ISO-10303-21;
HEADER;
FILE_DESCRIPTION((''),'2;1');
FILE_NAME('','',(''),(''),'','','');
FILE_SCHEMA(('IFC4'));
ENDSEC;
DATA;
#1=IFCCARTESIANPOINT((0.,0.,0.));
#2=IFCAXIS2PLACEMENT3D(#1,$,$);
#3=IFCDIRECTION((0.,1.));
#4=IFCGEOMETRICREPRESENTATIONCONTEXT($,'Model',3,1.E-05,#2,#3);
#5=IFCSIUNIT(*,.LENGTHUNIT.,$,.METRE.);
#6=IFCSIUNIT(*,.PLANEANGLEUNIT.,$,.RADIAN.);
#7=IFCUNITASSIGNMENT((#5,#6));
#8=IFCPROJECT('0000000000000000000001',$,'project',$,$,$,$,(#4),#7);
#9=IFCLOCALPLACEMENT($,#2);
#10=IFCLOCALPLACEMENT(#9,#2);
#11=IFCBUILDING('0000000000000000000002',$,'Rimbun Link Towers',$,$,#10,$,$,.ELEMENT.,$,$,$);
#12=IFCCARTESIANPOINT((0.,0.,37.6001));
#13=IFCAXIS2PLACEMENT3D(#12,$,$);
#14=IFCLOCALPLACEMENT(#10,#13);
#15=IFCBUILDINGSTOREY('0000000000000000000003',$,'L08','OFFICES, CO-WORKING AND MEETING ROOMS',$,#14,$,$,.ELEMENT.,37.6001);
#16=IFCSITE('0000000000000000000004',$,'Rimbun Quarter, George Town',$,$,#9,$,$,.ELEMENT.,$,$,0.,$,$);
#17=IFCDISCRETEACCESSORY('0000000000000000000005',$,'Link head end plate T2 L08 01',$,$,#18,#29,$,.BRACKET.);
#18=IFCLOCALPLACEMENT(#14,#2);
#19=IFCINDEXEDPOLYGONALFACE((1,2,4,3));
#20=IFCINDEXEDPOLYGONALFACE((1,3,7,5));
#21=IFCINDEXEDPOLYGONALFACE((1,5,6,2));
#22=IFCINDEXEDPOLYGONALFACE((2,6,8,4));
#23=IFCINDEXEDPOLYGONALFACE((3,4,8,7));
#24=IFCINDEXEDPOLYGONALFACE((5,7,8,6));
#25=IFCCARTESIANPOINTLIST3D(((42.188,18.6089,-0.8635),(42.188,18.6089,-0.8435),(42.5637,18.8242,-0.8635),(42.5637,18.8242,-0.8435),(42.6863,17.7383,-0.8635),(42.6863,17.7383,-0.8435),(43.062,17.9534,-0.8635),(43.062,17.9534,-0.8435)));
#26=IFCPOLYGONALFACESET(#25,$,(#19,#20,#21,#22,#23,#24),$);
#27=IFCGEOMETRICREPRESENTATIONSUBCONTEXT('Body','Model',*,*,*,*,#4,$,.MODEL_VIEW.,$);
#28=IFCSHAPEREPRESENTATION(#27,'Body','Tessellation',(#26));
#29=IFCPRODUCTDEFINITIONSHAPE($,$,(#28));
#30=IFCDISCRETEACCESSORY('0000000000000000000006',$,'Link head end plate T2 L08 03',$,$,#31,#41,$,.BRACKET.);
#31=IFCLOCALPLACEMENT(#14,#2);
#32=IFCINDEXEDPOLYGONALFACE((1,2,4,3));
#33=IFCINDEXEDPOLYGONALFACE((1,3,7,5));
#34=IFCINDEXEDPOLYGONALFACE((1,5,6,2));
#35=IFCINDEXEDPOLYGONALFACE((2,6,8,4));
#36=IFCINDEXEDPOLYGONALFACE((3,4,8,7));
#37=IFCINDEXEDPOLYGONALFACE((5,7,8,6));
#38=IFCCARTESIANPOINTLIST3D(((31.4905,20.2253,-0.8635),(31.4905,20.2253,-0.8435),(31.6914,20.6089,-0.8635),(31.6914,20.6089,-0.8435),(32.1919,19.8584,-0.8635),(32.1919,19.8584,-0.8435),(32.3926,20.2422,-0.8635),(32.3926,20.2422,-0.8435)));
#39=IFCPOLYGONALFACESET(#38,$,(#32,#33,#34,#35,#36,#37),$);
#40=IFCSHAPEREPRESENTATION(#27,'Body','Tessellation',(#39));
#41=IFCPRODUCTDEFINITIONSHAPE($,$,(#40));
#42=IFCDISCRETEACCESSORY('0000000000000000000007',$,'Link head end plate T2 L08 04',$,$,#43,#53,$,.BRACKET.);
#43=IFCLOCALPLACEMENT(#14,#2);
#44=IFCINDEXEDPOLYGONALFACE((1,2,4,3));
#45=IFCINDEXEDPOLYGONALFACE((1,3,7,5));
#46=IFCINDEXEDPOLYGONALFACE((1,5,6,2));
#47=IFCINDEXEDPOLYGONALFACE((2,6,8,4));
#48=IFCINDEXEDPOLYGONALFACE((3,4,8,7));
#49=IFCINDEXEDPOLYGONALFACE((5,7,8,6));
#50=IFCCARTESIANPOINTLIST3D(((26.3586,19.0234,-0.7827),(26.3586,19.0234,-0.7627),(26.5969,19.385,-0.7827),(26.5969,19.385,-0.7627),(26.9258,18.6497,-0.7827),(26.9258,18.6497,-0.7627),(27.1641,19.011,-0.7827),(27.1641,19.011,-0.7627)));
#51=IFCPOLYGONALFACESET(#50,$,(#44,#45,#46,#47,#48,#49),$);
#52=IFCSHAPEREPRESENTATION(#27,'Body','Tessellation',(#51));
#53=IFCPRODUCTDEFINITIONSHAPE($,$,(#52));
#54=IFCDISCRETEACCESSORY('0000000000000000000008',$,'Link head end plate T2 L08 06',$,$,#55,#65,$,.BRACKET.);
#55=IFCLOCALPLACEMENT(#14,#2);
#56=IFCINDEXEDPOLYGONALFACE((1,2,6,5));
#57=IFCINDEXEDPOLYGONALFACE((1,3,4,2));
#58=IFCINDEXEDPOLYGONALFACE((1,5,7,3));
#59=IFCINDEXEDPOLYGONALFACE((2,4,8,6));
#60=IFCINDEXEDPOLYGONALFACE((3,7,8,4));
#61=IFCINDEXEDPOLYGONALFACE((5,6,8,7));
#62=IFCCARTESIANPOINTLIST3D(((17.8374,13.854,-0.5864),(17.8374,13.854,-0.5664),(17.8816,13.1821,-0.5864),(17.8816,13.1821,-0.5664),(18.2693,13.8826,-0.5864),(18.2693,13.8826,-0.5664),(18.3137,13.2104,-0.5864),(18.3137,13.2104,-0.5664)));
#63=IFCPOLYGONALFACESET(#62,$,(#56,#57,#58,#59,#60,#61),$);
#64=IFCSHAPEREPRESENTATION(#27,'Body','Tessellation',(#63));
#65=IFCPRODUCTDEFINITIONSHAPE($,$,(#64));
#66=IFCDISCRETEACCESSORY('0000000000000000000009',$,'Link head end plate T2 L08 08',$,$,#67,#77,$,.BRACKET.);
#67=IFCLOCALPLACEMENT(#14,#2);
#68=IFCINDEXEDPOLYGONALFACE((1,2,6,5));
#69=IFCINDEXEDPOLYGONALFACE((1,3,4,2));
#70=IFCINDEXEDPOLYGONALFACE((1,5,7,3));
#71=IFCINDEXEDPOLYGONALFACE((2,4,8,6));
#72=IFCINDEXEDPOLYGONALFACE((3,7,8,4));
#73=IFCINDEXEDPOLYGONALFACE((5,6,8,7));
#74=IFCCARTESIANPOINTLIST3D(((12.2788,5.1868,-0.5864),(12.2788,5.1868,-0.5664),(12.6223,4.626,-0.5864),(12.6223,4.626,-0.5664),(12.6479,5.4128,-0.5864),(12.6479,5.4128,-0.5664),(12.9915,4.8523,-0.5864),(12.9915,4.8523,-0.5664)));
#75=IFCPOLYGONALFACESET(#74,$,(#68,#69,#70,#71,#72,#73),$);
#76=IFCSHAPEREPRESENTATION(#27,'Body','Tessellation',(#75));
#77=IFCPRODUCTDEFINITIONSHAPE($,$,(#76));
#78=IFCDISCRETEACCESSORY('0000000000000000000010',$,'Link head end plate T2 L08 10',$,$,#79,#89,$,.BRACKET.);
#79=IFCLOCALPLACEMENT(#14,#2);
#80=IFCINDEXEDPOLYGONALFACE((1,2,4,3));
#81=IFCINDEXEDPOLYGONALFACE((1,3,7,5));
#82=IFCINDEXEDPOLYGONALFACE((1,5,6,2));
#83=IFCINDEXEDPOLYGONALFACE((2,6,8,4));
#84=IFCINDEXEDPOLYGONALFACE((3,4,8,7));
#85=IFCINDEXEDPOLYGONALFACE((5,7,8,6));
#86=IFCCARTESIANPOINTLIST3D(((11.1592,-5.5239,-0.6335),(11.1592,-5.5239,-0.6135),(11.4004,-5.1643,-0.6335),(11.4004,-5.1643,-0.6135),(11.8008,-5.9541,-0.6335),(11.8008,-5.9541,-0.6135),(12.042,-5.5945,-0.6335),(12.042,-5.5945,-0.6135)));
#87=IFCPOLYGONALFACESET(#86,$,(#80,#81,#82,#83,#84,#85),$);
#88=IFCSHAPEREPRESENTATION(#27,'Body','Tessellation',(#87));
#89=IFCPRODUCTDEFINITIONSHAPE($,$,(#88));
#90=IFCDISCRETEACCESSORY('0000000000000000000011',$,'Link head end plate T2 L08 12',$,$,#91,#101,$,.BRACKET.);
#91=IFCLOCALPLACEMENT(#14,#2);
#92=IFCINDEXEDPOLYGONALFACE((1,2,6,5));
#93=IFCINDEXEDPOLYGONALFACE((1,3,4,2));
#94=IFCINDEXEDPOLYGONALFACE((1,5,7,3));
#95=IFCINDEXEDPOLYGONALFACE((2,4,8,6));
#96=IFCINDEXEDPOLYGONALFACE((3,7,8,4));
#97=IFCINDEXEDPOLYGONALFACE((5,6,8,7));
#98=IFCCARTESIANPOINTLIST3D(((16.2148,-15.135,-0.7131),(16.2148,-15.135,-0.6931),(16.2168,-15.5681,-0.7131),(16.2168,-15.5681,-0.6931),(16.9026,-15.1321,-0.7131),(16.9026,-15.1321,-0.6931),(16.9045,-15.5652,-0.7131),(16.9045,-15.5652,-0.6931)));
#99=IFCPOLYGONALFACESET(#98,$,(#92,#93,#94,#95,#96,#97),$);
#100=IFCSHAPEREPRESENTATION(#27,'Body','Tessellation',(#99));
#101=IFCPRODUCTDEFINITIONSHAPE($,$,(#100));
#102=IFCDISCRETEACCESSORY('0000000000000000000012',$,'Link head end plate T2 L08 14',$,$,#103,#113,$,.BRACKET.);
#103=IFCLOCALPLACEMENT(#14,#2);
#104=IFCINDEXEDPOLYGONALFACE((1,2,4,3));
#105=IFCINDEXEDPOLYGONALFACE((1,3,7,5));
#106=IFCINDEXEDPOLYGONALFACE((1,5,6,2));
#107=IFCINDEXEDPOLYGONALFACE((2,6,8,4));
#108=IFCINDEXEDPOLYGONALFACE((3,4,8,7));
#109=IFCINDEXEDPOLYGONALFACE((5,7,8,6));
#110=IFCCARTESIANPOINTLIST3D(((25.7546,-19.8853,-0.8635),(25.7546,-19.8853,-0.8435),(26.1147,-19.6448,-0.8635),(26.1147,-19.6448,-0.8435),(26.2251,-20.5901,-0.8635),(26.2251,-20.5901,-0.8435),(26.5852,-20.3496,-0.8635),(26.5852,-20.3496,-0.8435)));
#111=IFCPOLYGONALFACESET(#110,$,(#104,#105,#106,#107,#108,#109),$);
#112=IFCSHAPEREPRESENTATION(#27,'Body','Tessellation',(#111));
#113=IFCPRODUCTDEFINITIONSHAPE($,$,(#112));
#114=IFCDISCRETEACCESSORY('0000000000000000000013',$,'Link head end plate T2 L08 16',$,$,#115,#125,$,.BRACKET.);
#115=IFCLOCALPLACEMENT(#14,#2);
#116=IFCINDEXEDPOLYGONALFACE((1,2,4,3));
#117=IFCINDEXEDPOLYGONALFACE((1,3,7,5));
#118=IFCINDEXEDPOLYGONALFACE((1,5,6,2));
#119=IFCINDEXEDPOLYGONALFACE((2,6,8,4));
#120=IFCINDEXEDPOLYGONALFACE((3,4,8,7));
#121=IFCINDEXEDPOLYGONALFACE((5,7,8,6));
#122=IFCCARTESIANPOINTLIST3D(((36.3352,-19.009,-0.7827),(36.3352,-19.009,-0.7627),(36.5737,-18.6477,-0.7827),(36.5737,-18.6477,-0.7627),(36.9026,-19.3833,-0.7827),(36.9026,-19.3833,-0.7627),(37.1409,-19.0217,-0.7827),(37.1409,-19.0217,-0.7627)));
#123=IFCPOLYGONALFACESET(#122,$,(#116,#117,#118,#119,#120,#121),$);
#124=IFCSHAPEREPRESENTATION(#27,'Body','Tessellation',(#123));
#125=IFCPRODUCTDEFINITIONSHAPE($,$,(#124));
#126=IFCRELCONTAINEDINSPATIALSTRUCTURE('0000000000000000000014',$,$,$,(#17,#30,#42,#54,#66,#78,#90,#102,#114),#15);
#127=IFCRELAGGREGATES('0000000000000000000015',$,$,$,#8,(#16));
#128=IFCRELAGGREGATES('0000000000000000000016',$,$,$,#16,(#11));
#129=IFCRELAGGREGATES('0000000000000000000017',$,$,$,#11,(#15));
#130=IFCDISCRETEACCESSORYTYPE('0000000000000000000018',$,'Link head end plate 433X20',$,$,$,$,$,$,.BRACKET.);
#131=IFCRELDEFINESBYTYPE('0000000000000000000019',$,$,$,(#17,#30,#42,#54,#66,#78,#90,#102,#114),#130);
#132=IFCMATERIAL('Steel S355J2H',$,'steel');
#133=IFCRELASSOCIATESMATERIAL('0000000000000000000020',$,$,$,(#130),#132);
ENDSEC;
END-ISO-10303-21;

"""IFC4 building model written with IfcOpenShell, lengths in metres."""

from ifc_helpers import new_model, si_unit, direction, frame, origin, origin_2d, place, context, subcontext, project, spatial, polyline, rectangle, outline, extrude, material, material_profile, profile_set, type_object, element, save


model = new_model("IFC4")

# Units and contexts
model_context = context("Model", 3, precision=1e-05, world=origin(), true_north=direction((0.0, 1.0)))
body_context = subcontext(model_context, "Body", "Model", "MODEL_VIEW")
ifc_project = project(units=[si_unit("LENGTHUNIT", "METRE"), si_unit("PLANEANGLEUNIT", "RADIAN")], contexts=[model_context])

# Site, building, storey
site_placement = place(None, origin())
site = spatial("IfcSite", under=ifc_project, at=site_placement, Name="Rimbun Quarter, George Town", CompositionType="ELEMENT", RefElevation=0.0)
building_placement = place(site_placement, origin())
building = spatial("IfcBuilding", under=site, at=building_placement, Name="Rimbun Link Towers", CompositionType="ELEMENT")
storey_placement = place(building_placement, frame((0.0, 0.0, 37.6001)))
storey = spatial("IfcBuildingStorey", under=building, at=storey_placement, Name="L08", Description="OFFICES, CO-WORKING AND MEETING ROOMS", CompositionType="ELEMENT", Elevation=37.6001)

# Discrete accessories
ifc_material_1 = material(Name="Steel S355J2H", Category="steel")
ifc_material_profile_1 = material_profile(ifc_material_1, rectangle(XDim=0.4331, YDim=0.4331, at=origin_2d()), Name="PL 433x433")
ifc_profile_set_1 = profile_set([ifc_material_profile_1], Name="Steel S355J2H")
discrete_accessory_type_1 = type_object("IfcDiscreteAccessoryType", Name="Link head end plate 433X20", PredefinedType="BRACKET", material=ifc_profile_set_1)
discrete_accessory_1_placement = place(storey_placement, frame((0.0, 0.0, -0.8635)))
element("IfcDiscreteAccessory", 1, at=discrete_accessory_1_placement, inside=storey, type_object=discrete_accessory_type_1, Name="Link head end plate T2 L08 01", PredefinedType="BRACKET", context=body_context, shape_type="SweptSolid", body=[
    extrude(outline(polyline([(43.062, 17.9534), (42.5637, 18.8242), (42.188, 18.6089), (42.6863, 17.7383), (43.062, 17.9534)])), origin(), (0.0, 0.0, 1.0), 0.02),
])
discrete_accessory_2_placement = place(storey_placement, frame((0.0, 0.0, -0.8635)))
element("IfcDiscreteAccessory", 2, at=discrete_accessory_2_placement, inside=storey, type_object=discrete_accessory_type_1, Name="Link head end plate T2 L08 03", PredefinedType="BRACKET", context=body_context, shape_type="SweptSolid", body=[
    extrude(outline(polyline([(32.3926, 20.2422), (31.6914, 20.6089), (31.4905, 20.2253), (32.1919, 19.8584), (32.3926, 20.2422)])), origin(), (0.0, 0.0, 1.0), 0.02),
])
discrete_accessory_3_placement = place(storey_placement, frame((0.0, 0.0, -0.7827)))
element("IfcDiscreteAccessory", 3, at=discrete_accessory_3_placement, inside=storey, type_object=discrete_accessory_type_1, Name="Link head end plate T2 L08 04", PredefinedType="BRACKET", context=body_context, shape_type="SweptSolid", body=[
    extrude(outline(polyline([(27.1641, 19.011), (26.5969, 19.385), (26.3586, 19.0234), (26.9258, 18.6497), (27.1641, 19.011)])), origin(), (0.0, 0.0, 1.0), 0.02),
])
discrete_accessory_4_placement = place(storey_placement, frame((0.0, 0.0, -0.5864)))
element("IfcDiscreteAccessory", 4, at=discrete_accessory_4_placement, inside=storey, type_object=discrete_accessory_type_1, Name="Link head end plate T2 L08 06", PredefinedType="BRACKET", context=body_context, shape_type="SweptSolid", body=[
    extrude(outline(polyline([(18.3137, 13.2104), (18.2693, 13.8826), (17.8374, 13.854), (17.8816, 13.1821), (18.3137, 13.2104)])), origin(), (0.0, 0.0, 1.0), 0.02),
])
discrete_accessory_5_placement = place(storey_placement, frame((0.0, 0.0, -0.5864)))
element("IfcDiscreteAccessory", 5, at=discrete_accessory_5_placement, inside=storey, type_object=discrete_accessory_type_1, Name="Link head end plate T2 L08 08", PredefinedType="BRACKET", context=body_context, shape_type="SweptSolid", body=[
    extrude(outline(polyline([(12.9915, 4.8523), (12.6479, 5.4128), (12.2788, 5.1868), (12.6223, 4.626), (12.9915, 4.8523)])), origin(), (0.0, 0.0, 1.0), 0.02),
])
discrete_accessory_6_placement = place(storey_placement, frame((0.0, 0.0, -0.6335)))
element("IfcDiscreteAccessory", 6, at=discrete_accessory_6_placement, inside=storey, type_object=discrete_accessory_type_1, Name="Link head end plate T2 L08 10", PredefinedType="BRACKET", context=body_context, shape_type="SweptSolid", body=[
    extrude(outline(polyline([(12.042, -5.5945), (11.4004, -5.1643), (11.1592, -5.5239), (11.8008, -5.9541), (12.042, -5.5945)])), origin(), (0.0, 0.0, 1.0), 0.02),
])
discrete_accessory_7_placement = place(storey_placement, frame((0.0, 0.0, -0.7131)))
element("IfcDiscreteAccessory", 7, at=discrete_accessory_7_placement, inside=storey, type_object=discrete_accessory_type_1, Name="Link head end plate T2 L08 12", PredefinedType="BRACKET", context=body_context, shape_type="SweptSolid", body=[
    extrude(outline(polyline([(16.9026, -15.1321), (16.2148, -15.135), (16.2168, -15.5681), (16.9045, -15.5652), (16.9026, -15.1321)])), origin(), (0.0, 0.0, 1.0), 0.02),
])
discrete_accessory_8_placement = place(storey_placement, frame((0.0, 0.0, -0.8635)))
element("IfcDiscreteAccessory", 8, at=discrete_accessory_8_placement, inside=storey, type_object=discrete_accessory_type_1, Name="Link head end plate T2 L08 14", PredefinedType="BRACKET", context=body_context, shape_type="SweptSolid", body=[
    extrude(outline(polyline([(25.7546, -19.8853), (26.2251, -20.5901), (26.5852, -20.3496), (26.1147, -19.6448), (25.7546, -19.8853)])), origin(), (0.0, 0.0, 1.0), 0.02),
])
discrete_accessory_9_placement = place(storey_placement, frame((0.0, 0.0, -0.7827)))
element("IfcDiscreteAccessory", 9, at=discrete_accessory_9_placement, inside=storey, type_object=discrete_accessory_type_1, Name="Link head end plate T2 L08 16", PredefinedType="BRACKET", context=body_context, shape_type="SweptSolid", body=[
    extrude(outline(polyline([(36.3352, -19.009), (36.9026, -19.3833), (37.1409, -19.0217), (36.5737, -18.6477), (36.3352, -19.009)])), origin(), (0.0, 0.0, 1.0), 0.02),
])

save(model, "model.ifc")
